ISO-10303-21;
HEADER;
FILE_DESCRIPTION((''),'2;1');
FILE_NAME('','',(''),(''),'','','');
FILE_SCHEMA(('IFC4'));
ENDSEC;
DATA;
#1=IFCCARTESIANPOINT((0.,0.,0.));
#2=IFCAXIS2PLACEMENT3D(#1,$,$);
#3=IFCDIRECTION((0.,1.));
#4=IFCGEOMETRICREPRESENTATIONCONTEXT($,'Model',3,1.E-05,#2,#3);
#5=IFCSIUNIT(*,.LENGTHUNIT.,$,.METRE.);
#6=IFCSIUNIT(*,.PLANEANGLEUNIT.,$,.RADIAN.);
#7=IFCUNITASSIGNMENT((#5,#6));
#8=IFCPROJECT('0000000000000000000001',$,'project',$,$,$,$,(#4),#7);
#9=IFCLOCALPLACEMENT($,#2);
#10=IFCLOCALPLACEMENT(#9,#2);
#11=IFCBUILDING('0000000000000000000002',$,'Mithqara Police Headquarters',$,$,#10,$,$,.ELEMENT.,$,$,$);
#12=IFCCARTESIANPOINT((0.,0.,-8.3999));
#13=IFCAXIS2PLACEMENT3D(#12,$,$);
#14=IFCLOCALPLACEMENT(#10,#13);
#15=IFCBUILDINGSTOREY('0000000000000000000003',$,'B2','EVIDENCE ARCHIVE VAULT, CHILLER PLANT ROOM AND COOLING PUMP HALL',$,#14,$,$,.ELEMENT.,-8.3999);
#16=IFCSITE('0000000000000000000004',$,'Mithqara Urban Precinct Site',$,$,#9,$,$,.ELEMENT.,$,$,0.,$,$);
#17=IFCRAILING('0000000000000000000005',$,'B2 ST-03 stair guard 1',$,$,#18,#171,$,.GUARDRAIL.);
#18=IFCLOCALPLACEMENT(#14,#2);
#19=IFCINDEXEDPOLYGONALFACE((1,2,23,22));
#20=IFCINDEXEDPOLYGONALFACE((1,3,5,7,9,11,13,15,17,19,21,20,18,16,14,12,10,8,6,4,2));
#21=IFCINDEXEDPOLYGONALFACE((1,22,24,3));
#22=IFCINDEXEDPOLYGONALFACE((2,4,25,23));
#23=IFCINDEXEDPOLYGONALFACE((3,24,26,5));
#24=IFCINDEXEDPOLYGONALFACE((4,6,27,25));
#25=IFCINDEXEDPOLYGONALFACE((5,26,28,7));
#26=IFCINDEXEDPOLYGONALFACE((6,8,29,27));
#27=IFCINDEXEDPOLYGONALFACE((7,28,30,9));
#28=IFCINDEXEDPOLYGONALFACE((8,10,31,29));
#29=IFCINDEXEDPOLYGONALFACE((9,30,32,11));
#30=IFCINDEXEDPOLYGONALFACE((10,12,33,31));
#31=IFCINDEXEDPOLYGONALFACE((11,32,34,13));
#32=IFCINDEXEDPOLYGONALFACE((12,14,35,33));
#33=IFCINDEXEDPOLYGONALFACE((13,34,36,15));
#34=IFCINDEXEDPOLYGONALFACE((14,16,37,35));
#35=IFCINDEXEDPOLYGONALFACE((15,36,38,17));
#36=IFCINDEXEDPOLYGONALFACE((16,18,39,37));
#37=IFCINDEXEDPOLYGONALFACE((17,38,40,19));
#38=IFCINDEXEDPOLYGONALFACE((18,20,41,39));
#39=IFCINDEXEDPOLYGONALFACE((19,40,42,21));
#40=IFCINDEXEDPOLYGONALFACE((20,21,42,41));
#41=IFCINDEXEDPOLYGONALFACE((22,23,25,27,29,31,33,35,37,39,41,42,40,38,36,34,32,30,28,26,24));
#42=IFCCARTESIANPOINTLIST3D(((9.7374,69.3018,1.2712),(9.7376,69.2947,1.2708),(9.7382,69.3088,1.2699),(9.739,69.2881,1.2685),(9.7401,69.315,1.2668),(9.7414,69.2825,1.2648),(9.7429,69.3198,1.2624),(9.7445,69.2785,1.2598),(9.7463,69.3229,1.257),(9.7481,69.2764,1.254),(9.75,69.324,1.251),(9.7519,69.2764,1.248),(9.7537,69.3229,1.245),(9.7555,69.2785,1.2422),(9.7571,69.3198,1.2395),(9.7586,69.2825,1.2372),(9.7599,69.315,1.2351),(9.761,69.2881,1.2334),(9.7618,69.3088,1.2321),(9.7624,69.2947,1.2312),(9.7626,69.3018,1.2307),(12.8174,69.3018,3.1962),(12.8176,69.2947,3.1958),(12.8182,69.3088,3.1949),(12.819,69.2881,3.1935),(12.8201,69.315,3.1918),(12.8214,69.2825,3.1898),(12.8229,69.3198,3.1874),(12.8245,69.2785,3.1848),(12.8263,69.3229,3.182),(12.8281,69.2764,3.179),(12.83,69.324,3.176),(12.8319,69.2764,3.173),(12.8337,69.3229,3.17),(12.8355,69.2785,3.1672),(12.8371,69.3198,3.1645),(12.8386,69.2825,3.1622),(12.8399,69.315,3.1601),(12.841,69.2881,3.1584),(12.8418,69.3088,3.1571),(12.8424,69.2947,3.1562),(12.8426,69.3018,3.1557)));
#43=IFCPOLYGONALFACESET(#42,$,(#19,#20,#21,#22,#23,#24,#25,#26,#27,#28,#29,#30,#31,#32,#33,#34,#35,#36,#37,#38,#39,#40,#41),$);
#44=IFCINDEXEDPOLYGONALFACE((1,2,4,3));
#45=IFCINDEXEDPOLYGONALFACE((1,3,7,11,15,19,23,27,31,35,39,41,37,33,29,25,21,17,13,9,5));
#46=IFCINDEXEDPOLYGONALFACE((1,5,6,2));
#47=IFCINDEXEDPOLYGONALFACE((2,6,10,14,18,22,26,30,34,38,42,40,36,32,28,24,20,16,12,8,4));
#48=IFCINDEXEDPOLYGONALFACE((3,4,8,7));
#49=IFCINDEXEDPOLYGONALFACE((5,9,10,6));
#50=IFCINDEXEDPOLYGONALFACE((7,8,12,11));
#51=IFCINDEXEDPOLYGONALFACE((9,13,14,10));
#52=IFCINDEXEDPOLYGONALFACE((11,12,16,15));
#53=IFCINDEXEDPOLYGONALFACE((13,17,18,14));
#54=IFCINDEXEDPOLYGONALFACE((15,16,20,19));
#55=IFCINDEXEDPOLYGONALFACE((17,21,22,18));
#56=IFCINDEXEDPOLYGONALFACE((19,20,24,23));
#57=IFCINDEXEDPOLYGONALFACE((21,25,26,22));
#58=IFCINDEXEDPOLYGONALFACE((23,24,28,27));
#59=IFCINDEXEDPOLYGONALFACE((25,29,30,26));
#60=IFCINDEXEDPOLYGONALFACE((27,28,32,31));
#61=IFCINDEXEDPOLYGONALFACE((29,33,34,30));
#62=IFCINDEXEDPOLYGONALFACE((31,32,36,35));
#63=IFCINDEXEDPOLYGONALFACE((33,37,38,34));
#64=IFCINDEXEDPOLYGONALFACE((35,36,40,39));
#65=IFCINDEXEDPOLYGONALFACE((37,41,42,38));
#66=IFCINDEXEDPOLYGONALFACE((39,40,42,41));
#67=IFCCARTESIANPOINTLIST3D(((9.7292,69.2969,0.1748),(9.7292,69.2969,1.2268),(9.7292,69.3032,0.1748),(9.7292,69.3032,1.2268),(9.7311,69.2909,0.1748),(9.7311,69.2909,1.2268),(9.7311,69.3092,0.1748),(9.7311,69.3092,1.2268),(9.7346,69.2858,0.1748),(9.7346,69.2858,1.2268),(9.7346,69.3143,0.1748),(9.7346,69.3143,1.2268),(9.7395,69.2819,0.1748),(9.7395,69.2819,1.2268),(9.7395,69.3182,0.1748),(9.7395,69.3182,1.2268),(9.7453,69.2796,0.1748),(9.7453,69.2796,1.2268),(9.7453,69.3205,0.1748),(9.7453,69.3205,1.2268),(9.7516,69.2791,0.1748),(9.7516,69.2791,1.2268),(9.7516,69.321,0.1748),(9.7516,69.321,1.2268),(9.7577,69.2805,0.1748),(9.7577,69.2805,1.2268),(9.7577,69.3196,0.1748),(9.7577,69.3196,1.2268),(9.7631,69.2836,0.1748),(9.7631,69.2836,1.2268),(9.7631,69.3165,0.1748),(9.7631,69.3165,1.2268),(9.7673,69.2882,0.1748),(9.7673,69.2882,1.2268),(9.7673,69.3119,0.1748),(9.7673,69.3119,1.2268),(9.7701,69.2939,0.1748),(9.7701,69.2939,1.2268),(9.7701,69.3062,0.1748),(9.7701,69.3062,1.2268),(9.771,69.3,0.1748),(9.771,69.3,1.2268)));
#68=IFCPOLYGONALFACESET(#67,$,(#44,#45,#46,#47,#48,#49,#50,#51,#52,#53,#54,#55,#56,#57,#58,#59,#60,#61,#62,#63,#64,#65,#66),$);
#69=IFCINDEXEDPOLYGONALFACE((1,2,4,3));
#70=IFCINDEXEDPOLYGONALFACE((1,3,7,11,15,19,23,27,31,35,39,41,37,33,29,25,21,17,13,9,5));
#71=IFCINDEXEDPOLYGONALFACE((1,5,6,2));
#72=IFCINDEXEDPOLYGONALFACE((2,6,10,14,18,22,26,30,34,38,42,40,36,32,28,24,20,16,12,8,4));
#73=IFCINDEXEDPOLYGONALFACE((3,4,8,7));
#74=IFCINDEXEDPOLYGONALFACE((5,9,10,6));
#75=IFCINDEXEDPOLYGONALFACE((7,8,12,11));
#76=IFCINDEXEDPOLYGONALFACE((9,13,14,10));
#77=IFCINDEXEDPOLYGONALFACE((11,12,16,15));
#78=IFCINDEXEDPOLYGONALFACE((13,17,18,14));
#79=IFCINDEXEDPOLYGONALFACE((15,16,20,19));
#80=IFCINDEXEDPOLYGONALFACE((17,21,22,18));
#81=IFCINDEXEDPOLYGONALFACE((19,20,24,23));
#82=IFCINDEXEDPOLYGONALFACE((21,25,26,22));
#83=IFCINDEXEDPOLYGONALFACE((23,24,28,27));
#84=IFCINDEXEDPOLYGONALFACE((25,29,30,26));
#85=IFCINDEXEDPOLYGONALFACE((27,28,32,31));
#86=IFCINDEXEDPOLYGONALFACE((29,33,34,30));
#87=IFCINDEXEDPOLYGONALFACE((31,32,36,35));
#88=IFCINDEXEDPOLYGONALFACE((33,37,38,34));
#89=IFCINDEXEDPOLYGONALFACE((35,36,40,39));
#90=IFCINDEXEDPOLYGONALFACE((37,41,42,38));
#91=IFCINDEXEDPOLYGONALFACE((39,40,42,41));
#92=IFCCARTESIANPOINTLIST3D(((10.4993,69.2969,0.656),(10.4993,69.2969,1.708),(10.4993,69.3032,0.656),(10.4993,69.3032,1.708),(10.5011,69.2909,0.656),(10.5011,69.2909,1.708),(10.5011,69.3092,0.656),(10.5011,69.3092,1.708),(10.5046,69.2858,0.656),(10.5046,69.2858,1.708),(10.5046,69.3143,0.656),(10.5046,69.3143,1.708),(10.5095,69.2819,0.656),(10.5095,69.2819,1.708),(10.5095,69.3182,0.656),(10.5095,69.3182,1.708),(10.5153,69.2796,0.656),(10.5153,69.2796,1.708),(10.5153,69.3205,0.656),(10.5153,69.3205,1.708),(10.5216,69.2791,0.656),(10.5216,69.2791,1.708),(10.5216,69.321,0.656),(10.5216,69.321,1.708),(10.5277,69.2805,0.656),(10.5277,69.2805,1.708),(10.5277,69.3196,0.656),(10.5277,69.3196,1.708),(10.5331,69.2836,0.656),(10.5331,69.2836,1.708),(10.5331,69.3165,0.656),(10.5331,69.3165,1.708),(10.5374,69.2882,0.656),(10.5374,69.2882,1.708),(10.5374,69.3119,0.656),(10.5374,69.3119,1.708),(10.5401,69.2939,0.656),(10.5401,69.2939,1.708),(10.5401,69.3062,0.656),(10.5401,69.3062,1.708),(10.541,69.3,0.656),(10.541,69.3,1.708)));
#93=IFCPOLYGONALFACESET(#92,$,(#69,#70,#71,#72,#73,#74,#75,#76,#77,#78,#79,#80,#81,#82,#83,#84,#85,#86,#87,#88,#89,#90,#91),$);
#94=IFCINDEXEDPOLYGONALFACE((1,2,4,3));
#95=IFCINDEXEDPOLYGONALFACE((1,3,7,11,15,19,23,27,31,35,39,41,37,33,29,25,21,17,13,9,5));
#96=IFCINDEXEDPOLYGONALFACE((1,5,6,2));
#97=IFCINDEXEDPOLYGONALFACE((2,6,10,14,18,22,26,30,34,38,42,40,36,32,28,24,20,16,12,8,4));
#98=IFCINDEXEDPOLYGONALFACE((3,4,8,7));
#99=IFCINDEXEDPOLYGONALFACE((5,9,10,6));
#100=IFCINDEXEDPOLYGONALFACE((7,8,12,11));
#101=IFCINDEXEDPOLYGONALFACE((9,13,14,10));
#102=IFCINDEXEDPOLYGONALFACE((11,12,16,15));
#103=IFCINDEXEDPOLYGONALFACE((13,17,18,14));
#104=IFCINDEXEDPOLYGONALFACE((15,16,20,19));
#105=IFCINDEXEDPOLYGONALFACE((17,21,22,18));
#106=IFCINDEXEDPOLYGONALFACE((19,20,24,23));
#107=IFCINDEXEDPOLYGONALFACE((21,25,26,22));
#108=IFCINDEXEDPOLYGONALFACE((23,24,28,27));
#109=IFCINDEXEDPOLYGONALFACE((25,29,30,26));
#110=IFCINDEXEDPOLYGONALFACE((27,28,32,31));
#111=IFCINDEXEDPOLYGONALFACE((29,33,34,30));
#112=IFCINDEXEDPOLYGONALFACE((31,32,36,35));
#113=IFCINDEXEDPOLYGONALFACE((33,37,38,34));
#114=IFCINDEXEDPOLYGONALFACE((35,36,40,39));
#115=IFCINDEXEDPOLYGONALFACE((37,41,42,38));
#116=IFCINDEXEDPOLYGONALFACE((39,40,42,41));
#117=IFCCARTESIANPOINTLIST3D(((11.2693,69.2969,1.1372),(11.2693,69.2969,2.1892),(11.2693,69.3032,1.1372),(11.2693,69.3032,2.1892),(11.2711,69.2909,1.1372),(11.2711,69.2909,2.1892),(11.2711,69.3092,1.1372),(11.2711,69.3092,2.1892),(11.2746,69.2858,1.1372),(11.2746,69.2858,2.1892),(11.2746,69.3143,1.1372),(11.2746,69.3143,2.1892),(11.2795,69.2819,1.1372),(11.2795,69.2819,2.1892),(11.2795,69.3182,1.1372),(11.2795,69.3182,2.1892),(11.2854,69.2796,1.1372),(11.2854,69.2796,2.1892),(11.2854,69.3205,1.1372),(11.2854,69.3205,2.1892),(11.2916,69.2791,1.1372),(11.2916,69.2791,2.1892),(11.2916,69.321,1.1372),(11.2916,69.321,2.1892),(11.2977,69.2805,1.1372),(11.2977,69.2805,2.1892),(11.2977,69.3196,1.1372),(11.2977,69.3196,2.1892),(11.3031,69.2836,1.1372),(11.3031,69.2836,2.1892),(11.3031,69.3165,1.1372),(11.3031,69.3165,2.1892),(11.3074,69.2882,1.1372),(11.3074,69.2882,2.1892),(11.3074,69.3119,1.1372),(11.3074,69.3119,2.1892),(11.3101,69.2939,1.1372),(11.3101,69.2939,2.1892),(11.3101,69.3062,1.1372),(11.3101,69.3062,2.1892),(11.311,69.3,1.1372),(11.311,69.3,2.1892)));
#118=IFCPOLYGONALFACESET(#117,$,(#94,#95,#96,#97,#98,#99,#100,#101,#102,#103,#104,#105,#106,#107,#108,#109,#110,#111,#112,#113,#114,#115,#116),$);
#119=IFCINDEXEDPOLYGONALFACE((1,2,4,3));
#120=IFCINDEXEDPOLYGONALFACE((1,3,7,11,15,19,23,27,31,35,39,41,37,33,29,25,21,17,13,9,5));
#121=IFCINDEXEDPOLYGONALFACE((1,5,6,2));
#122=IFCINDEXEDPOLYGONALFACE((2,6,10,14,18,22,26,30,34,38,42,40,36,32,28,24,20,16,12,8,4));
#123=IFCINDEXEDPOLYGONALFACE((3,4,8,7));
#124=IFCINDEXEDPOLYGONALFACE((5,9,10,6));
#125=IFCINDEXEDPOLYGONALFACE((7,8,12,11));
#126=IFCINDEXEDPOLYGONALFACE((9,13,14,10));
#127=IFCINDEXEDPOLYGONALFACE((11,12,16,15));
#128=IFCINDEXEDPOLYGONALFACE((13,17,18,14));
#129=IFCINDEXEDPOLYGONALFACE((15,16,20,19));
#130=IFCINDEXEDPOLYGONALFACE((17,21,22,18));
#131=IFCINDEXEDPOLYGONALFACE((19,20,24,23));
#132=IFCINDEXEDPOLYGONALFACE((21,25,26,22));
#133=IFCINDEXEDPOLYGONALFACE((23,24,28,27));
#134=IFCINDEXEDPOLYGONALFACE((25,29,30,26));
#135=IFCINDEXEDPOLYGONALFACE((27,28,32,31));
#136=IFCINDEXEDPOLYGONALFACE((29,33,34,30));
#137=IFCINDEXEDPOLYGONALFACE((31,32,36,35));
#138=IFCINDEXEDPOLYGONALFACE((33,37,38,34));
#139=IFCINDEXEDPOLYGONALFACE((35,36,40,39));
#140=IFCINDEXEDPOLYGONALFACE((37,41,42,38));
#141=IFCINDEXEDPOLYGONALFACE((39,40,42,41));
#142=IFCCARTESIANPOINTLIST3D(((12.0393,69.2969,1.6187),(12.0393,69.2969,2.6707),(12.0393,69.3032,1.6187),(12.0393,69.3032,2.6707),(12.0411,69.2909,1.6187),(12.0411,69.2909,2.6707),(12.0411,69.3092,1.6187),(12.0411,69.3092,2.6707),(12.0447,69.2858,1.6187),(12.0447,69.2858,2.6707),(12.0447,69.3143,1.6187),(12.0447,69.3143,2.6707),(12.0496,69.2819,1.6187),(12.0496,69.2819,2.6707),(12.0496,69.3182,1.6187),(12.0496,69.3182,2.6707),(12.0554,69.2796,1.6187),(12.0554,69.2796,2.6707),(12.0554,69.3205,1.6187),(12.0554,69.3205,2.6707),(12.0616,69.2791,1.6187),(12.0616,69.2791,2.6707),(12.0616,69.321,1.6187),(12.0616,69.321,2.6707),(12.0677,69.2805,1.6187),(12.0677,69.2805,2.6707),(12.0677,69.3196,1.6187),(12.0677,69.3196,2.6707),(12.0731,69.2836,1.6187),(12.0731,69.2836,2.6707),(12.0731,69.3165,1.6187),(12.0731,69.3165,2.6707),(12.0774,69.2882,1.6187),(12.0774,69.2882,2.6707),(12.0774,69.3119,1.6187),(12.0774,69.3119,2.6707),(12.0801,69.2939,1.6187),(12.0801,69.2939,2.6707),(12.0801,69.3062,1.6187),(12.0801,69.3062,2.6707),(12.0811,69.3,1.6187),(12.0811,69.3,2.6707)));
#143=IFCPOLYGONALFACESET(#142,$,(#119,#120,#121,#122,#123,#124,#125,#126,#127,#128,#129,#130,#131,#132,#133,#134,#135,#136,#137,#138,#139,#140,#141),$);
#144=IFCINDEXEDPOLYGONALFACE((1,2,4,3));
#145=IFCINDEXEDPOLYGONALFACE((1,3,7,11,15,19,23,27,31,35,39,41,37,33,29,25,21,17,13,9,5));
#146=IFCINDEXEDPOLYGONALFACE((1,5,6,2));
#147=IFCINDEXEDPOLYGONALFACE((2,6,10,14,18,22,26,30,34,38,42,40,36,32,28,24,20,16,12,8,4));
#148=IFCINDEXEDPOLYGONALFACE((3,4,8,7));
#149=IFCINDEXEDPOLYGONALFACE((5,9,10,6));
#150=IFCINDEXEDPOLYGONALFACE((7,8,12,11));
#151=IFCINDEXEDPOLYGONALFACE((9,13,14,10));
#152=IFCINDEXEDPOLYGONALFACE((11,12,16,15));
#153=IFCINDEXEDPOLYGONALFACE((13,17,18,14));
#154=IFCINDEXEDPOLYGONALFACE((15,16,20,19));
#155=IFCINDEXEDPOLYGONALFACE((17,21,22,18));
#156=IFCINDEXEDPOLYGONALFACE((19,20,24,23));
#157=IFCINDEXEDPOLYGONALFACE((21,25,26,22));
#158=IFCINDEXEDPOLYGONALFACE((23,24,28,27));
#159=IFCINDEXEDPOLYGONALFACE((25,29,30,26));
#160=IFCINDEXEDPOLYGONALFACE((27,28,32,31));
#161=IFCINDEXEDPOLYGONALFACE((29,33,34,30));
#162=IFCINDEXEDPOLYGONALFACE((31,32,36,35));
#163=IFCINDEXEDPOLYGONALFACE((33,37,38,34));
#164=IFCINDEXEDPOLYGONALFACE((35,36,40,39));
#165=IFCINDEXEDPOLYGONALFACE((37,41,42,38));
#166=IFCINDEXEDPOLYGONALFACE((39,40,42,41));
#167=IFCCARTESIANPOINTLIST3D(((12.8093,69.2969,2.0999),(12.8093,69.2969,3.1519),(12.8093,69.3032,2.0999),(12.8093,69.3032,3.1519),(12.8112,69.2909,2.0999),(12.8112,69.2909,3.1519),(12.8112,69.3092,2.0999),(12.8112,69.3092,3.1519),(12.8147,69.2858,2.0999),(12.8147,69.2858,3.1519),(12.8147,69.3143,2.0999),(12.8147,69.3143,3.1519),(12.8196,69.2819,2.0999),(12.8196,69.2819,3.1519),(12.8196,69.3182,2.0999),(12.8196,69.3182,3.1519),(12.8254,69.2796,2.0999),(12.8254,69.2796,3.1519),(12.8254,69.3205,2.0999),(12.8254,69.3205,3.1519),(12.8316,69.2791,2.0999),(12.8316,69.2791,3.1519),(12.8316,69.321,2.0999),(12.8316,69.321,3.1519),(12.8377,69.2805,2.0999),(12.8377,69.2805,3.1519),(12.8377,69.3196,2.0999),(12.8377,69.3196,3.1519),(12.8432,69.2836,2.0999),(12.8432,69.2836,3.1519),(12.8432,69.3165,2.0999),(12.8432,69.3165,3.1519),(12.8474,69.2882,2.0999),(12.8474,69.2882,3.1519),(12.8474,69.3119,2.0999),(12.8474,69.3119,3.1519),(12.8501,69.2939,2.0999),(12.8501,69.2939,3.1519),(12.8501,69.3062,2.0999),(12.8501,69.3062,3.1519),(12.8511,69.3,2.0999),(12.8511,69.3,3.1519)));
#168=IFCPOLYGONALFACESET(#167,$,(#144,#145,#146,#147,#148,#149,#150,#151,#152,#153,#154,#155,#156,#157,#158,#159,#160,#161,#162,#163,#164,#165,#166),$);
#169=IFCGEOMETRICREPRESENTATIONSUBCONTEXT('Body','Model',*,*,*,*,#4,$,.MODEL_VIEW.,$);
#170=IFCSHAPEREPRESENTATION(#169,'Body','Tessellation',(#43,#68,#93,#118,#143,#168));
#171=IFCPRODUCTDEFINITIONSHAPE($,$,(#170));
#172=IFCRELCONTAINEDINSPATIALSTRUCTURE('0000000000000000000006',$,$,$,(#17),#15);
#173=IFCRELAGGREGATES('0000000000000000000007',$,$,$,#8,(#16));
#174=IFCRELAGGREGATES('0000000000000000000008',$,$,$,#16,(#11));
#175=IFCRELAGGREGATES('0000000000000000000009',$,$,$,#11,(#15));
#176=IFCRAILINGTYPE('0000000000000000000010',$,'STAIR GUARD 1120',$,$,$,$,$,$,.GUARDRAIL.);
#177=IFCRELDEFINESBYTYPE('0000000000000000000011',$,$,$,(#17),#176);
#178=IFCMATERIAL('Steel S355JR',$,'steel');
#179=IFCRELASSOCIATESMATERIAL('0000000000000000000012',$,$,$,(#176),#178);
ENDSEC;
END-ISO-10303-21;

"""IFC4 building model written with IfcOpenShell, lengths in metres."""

from ifc_helpers import new_model, si_unit, direction, frame, origin, origin_2d, place, context, subcontext, project, spatial, circle, extrude, material, type_object, element, save


model = new_model("IFC4")

# Units and contexts
model_context = context("Model", 3, precision=1e-05, world=origin(), true_north=direction((0.0, 1.0)))
body_context = subcontext(model_context, "Body", "Model", "MODEL_VIEW")
ifc_project = project(units=[si_unit("LENGTHUNIT", "METRE"), si_unit("PLANEANGLEUNIT", "RADIAN")], contexts=[model_context])

# Site, building, storey
site_placement = place(None, origin())
site = spatial("IfcSite", under=ifc_project, at=site_placement, Name="Mithqara Urban Precinct Site", CompositionType="ELEMENT", RefElevation=0.0)
building_placement = place(site_placement, origin())
building = spatial("IfcBuilding", under=site, at=building_placement, Name="Mithqara Police Headquarters", CompositionType="ELEMENT")
storey_placement = place(building_placement, frame((0.0, 0.0, -8.3999)))
storey = spatial("IfcBuildingStorey", under=building, at=storey_placement, Name="B2", Description="EVIDENCE ARCHIVE VAULT, CHILLER PLANT ROOM AND COOLING PUMP HALL", CompositionType="ELEMENT", Elevation=-8.3999)

# Shared definitions
ifc_material_1 = material(Name="Steel S355JR", Category="steel")

# Railing
railing_type_1 = type_object("IfcRailingType", Name="STAIR GUARD 1120", PredefinedType="GUARDRAIL", material=ifc_material_1)
railing_1_placement = place(storey_placement, frame((9.75, 69.3, 0.1748)))
element("IfcRailing", 1, at=railing_1_placement, inside=storey, type_object=railing_type_1, Name="B2 ST-03 stair guard 1", PredefinedType="GUARDRAIL", context=body_context, shape_type="SweptSolid", body=[
    extrude(circle(Radius=0.0239, at=origin_2d()), frame((0.0, 0.0, 1.0762), z_axis=(0.847998, 0.0, 0.529999), x_axis=(0.0, 1.0, 0.0)), (0.0, 0.0, 1.0), 3.6321),
    extrude(circle(Radius=0.021, at=origin_2d()), origin(), (0.0, 0.0, 1.0), 1.052),
    extrude(circle(Radius=0.021, at=origin_2d()), frame((0.77, 0.0, 0.4812)), (0.0, 0.0, 1.0), 1.052),
    extrude(circle(Radius=0.021, at=origin_2d()), frame((1.54, 0.0, 0.9624)), (0.0, 0.0, 1.0), 1.052),
    extrude(circle(Radius=0.021, at=origin_2d()), frame((2.3101, 0.0, 1.4438)), (0.0, 0.0, 1.0), 1.052),
    extrude(circle(Radius=0.021, at=origin_2d()), frame((3.0801, 0.0, 1.925)), (0.0, 0.0, 1.0), 1.052),
])

save(model, "model.ifc")
